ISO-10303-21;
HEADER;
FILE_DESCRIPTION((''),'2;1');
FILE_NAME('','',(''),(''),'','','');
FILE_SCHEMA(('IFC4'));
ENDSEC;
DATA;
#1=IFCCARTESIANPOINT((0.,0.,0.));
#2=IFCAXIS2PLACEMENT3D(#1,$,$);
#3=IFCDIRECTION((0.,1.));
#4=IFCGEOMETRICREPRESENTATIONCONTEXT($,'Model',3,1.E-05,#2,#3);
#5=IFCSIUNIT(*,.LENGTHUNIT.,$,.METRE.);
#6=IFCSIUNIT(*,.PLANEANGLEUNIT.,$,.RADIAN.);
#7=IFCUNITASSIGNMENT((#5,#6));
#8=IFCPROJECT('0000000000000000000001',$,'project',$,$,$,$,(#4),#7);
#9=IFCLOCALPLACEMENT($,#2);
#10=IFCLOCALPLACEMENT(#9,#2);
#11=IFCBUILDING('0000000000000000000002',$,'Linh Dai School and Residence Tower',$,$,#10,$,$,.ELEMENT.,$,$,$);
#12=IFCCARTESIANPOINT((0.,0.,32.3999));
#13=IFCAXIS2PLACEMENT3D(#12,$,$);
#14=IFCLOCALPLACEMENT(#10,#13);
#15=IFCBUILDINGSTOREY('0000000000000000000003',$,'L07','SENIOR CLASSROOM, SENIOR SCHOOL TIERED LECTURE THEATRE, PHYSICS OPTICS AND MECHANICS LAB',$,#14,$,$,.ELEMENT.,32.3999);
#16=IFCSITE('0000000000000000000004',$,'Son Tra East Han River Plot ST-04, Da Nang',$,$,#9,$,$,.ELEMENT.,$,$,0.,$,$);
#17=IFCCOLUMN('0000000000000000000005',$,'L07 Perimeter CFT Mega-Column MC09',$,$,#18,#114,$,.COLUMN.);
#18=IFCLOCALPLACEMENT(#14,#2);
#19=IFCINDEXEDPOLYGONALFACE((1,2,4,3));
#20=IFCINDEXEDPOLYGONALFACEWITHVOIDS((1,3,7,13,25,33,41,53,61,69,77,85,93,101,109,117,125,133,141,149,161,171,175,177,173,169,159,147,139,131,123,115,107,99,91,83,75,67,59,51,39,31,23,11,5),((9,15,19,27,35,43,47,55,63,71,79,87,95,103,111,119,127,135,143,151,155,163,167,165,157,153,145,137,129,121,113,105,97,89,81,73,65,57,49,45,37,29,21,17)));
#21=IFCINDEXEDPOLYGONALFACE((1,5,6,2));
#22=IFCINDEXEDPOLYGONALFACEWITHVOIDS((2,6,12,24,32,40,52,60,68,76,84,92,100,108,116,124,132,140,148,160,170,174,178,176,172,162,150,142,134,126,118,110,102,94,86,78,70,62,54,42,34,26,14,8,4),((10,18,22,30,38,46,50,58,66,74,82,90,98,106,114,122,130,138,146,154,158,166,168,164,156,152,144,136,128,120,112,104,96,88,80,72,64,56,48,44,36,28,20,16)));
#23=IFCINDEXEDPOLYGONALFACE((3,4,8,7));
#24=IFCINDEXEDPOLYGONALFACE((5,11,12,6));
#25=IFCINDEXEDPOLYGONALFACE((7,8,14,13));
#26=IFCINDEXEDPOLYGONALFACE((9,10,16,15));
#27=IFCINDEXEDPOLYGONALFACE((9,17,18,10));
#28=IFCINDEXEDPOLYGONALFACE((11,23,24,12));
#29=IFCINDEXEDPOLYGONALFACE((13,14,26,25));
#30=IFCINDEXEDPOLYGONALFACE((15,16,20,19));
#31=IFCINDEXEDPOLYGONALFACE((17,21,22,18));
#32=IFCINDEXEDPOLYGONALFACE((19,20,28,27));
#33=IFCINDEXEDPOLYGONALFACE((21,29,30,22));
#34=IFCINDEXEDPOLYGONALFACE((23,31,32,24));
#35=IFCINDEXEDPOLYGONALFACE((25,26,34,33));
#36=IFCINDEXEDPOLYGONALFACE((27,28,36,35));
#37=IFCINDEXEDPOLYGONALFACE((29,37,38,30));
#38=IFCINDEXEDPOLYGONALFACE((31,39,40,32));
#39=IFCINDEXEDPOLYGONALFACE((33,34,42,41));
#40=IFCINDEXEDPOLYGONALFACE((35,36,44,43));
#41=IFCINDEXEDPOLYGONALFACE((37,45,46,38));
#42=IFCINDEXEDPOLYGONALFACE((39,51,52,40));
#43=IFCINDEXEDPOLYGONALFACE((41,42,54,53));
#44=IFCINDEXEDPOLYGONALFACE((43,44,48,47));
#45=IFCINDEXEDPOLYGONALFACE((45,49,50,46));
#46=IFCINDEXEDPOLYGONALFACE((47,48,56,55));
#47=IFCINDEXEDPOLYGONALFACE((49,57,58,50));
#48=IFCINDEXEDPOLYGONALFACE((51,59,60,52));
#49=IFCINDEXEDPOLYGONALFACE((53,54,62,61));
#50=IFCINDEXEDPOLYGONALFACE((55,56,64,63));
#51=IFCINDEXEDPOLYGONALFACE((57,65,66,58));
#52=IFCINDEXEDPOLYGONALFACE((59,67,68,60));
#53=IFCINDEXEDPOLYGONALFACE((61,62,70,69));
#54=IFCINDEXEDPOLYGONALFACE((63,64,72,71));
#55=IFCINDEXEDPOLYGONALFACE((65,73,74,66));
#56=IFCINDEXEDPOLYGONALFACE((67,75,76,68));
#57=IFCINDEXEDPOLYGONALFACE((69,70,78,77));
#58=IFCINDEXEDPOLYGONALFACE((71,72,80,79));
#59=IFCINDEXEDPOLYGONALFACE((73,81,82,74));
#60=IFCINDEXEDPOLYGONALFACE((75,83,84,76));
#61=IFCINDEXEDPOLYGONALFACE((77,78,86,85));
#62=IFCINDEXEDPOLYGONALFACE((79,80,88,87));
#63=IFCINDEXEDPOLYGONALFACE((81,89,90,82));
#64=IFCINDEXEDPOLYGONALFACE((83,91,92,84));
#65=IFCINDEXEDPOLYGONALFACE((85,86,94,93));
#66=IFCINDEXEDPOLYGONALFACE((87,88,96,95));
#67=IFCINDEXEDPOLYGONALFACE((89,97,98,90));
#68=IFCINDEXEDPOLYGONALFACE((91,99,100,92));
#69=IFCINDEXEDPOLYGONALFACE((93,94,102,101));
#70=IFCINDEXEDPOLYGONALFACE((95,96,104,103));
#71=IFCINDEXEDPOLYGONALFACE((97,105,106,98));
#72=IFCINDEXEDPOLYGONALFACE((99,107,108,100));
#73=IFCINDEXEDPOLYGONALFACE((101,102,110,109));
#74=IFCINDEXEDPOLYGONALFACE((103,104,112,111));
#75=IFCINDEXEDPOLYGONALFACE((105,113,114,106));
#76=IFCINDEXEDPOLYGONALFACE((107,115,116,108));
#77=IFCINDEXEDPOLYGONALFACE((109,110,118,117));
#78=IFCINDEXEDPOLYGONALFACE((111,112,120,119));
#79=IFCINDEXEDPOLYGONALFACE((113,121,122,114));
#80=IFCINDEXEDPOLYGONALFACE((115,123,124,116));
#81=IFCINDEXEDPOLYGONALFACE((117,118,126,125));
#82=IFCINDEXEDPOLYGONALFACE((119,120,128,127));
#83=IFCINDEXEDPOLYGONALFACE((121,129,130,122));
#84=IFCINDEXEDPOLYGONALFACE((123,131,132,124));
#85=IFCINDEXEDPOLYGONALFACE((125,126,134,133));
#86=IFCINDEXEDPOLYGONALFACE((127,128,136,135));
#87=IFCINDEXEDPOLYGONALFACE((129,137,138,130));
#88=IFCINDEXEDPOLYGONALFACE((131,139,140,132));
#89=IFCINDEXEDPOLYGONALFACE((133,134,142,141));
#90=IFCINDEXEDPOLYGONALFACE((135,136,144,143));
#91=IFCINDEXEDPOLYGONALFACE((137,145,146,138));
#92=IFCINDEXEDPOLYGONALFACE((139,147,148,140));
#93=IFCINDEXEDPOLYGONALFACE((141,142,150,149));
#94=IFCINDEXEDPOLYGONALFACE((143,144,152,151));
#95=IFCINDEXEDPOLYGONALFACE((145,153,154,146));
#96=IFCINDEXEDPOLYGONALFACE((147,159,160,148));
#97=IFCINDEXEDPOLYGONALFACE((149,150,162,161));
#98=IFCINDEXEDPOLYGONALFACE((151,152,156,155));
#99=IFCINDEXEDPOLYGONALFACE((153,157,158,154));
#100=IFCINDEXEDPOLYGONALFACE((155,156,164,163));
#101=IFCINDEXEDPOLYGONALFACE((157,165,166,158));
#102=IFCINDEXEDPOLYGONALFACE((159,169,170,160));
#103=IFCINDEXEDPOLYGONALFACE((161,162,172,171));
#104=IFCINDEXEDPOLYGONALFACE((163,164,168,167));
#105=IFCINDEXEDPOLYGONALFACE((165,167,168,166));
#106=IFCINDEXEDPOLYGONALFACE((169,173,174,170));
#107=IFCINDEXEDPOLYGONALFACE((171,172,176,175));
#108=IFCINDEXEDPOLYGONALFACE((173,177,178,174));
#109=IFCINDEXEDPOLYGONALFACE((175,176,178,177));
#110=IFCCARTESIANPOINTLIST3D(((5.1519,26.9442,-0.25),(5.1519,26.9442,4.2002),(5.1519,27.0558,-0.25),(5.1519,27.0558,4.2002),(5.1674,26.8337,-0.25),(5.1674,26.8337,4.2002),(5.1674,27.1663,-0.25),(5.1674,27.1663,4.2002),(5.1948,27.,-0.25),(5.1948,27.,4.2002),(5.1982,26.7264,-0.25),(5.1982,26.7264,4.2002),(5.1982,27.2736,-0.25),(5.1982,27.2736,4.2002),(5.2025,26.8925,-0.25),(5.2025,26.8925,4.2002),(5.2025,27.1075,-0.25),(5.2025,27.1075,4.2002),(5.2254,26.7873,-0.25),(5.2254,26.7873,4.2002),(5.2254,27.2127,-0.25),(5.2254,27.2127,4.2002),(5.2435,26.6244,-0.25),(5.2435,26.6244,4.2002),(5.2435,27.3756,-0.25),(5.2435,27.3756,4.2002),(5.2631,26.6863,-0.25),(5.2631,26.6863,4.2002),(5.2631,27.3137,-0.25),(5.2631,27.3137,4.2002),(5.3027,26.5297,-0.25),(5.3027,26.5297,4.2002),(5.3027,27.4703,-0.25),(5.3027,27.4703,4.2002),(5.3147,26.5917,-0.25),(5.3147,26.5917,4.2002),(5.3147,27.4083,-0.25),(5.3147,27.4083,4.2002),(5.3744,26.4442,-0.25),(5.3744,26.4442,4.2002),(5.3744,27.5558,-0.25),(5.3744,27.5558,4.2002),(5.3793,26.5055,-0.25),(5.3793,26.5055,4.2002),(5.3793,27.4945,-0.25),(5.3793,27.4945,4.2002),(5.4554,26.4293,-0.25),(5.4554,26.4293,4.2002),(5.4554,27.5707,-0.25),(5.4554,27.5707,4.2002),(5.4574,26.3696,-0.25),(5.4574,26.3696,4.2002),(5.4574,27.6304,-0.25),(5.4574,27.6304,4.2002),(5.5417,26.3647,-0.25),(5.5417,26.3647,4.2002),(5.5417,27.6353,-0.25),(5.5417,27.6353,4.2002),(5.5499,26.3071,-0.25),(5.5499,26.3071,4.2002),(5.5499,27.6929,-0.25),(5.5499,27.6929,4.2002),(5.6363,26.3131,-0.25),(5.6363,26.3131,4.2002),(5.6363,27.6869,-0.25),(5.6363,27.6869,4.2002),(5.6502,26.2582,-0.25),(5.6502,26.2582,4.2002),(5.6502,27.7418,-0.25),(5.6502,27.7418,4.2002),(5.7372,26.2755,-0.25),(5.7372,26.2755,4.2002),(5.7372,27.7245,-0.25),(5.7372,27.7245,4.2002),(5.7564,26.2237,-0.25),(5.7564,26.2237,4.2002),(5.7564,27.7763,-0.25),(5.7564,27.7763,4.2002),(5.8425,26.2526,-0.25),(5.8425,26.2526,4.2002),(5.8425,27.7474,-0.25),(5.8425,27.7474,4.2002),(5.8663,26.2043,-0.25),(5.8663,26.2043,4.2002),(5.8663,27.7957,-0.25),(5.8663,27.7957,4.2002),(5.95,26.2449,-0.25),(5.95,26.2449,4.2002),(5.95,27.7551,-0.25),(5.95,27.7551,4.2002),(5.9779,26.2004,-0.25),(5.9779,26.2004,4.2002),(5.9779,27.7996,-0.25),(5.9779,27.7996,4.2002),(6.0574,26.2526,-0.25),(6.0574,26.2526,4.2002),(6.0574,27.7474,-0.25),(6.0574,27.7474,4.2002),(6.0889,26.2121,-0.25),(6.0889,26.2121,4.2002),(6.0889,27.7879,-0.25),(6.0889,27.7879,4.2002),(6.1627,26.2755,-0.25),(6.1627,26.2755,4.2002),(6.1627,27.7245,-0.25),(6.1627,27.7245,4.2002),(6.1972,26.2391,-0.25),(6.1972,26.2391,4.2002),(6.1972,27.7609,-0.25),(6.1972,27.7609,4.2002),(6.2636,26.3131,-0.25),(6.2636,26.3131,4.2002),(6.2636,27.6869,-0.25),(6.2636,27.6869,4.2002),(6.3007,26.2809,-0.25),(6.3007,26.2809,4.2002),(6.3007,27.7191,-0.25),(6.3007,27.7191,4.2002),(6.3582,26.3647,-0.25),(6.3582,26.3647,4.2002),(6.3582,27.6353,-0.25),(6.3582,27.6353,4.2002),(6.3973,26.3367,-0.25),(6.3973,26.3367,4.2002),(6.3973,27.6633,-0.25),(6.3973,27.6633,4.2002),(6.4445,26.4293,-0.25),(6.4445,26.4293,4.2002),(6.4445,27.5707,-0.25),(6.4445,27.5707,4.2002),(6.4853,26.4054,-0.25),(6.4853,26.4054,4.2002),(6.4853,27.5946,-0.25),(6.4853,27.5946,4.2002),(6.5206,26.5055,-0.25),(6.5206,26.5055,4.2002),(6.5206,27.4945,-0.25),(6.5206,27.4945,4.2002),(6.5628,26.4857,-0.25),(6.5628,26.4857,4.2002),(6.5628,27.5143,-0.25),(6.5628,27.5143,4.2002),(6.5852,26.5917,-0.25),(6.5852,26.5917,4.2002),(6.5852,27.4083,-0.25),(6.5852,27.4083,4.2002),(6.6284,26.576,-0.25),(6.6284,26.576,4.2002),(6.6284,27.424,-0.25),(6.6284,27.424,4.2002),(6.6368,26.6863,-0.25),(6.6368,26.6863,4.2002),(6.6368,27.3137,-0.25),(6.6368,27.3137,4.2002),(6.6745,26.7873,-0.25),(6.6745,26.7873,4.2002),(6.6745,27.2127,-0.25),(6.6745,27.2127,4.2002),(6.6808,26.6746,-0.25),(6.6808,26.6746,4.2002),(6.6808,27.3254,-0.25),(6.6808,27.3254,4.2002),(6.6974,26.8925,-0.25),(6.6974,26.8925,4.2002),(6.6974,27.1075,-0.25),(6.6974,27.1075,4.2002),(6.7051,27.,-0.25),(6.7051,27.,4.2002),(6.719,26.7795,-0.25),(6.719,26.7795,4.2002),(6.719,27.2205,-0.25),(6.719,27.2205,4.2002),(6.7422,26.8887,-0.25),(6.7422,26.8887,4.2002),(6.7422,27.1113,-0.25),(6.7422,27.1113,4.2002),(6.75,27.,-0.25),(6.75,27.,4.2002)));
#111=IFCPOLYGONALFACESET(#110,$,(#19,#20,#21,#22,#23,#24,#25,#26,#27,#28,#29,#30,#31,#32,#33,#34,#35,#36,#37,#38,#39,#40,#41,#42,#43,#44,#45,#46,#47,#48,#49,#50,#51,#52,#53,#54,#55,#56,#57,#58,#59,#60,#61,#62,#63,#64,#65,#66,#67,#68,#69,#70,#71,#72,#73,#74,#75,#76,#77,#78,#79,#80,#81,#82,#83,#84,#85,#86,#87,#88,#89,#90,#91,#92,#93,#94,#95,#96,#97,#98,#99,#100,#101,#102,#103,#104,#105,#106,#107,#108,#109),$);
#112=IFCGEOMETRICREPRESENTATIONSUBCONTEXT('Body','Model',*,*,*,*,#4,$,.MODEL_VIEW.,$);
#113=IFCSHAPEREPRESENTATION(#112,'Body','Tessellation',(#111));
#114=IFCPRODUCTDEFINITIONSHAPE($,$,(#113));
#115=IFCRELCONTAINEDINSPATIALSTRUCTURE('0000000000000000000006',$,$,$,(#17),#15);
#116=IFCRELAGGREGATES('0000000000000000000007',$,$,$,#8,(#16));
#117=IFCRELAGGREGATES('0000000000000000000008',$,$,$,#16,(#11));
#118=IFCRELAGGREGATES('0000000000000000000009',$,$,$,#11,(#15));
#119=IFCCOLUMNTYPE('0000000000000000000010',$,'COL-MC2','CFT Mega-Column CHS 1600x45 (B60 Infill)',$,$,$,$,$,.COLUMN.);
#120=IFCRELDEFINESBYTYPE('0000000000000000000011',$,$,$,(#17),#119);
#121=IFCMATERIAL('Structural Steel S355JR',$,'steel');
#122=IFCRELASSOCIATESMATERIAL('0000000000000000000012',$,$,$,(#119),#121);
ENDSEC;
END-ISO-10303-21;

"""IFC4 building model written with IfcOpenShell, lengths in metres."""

from ifc_helpers import new_model, si_unit, direction, frame, origin, origin_2d, place, context, subcontext, project, spatial, hollow_circle, extrude, material, material_profile, profile_set, type_object, element, save


model = new_model("IFC4")

# Units and contexts
model_context = context("Model", 3, precision=1e-05, world=origin(), true_north=direction((0.0, 1.0)))
body_context = subcontext(model_context, "Body", "Model", "MODEL_VIEW")
ifc_project = project(units=[si_unit("LENGTHUNIT", "METRE"), si_unit("PLANEANGLEUNIT", "RADIAN")], contexts=[model_context])

# Site, building, storey
site_placement = place(None, origin())
site = spatial("IfcSite", under=ifc_project, at=site_placement, Name="Son Tra East Han River Plot ST-04, Da Nang", CompositionType="ELEMENT", RefElevation=0.0)
building_placement = place(site_placement, origin())
building = spatial("IfcBuilding", under=site, at=building_placement, Name="Linh Dai School and Residence Tower", CompositionType="ELEMENT")
storey_placement = place(building_placement, frame((0.0, 0.0, 32.3999)))
storey = spatial("IfcBuildingStorey", under=building, at=storey_placement, Name="L07", Description="SENIOR CLASSROOM, SENIOR SCHOOL TIERED LECTURE THEATRE, PHYSICS OPTICS AND MECHANICS LAB", CompositionType="ELEMENT", Elevation=32.3999)

# Column
ifc_material_1 = material(Name="Structural Steel S355JR", Category="steel")
ifc_material_profile_1 = material_profile(ifc_material_1, hollow_circle(Radius=0.8, WallThickness=0.0449, at=origin_2d()), Name="CHS 1600x45")
ifc_profile_set_1 = profile_set([ifc_material_profile_1], Name="Structural Steel S355JR")
column_type = type_object("IfcColumnType", Name="COL-MC2", Description="CFT Mega-Column CHS 1600x45 (B60 Infill)", PredefinedType="COLUMN", material=ifc_profile_set_1)
for number, where, z_axis, x_axis, name in (
    (1, (5.95, 27.0, -0.25), (0.0, 0.0, 1.0), (1.0, 0.0, 0.0), "L07 Perimeter CFT Mega-Column MC09"),
):
    element("IfcColumn", number, at=place(storey_placement, frame(where, z_axis=z_axis, x_axis=x_axis)), inside=storey, type_object=column_type, Name=name, PredefinedType="COLUMN", context=body_context, shape_type="SweptSolid", body=[
        extrude(hollow_circle(Radius=0.8, WallThickness=0.0449, at=origin_2d()), origin(), (0.0, 0.0, 1.0), 4.4502),
    ])

save(model, "model.ifc")
